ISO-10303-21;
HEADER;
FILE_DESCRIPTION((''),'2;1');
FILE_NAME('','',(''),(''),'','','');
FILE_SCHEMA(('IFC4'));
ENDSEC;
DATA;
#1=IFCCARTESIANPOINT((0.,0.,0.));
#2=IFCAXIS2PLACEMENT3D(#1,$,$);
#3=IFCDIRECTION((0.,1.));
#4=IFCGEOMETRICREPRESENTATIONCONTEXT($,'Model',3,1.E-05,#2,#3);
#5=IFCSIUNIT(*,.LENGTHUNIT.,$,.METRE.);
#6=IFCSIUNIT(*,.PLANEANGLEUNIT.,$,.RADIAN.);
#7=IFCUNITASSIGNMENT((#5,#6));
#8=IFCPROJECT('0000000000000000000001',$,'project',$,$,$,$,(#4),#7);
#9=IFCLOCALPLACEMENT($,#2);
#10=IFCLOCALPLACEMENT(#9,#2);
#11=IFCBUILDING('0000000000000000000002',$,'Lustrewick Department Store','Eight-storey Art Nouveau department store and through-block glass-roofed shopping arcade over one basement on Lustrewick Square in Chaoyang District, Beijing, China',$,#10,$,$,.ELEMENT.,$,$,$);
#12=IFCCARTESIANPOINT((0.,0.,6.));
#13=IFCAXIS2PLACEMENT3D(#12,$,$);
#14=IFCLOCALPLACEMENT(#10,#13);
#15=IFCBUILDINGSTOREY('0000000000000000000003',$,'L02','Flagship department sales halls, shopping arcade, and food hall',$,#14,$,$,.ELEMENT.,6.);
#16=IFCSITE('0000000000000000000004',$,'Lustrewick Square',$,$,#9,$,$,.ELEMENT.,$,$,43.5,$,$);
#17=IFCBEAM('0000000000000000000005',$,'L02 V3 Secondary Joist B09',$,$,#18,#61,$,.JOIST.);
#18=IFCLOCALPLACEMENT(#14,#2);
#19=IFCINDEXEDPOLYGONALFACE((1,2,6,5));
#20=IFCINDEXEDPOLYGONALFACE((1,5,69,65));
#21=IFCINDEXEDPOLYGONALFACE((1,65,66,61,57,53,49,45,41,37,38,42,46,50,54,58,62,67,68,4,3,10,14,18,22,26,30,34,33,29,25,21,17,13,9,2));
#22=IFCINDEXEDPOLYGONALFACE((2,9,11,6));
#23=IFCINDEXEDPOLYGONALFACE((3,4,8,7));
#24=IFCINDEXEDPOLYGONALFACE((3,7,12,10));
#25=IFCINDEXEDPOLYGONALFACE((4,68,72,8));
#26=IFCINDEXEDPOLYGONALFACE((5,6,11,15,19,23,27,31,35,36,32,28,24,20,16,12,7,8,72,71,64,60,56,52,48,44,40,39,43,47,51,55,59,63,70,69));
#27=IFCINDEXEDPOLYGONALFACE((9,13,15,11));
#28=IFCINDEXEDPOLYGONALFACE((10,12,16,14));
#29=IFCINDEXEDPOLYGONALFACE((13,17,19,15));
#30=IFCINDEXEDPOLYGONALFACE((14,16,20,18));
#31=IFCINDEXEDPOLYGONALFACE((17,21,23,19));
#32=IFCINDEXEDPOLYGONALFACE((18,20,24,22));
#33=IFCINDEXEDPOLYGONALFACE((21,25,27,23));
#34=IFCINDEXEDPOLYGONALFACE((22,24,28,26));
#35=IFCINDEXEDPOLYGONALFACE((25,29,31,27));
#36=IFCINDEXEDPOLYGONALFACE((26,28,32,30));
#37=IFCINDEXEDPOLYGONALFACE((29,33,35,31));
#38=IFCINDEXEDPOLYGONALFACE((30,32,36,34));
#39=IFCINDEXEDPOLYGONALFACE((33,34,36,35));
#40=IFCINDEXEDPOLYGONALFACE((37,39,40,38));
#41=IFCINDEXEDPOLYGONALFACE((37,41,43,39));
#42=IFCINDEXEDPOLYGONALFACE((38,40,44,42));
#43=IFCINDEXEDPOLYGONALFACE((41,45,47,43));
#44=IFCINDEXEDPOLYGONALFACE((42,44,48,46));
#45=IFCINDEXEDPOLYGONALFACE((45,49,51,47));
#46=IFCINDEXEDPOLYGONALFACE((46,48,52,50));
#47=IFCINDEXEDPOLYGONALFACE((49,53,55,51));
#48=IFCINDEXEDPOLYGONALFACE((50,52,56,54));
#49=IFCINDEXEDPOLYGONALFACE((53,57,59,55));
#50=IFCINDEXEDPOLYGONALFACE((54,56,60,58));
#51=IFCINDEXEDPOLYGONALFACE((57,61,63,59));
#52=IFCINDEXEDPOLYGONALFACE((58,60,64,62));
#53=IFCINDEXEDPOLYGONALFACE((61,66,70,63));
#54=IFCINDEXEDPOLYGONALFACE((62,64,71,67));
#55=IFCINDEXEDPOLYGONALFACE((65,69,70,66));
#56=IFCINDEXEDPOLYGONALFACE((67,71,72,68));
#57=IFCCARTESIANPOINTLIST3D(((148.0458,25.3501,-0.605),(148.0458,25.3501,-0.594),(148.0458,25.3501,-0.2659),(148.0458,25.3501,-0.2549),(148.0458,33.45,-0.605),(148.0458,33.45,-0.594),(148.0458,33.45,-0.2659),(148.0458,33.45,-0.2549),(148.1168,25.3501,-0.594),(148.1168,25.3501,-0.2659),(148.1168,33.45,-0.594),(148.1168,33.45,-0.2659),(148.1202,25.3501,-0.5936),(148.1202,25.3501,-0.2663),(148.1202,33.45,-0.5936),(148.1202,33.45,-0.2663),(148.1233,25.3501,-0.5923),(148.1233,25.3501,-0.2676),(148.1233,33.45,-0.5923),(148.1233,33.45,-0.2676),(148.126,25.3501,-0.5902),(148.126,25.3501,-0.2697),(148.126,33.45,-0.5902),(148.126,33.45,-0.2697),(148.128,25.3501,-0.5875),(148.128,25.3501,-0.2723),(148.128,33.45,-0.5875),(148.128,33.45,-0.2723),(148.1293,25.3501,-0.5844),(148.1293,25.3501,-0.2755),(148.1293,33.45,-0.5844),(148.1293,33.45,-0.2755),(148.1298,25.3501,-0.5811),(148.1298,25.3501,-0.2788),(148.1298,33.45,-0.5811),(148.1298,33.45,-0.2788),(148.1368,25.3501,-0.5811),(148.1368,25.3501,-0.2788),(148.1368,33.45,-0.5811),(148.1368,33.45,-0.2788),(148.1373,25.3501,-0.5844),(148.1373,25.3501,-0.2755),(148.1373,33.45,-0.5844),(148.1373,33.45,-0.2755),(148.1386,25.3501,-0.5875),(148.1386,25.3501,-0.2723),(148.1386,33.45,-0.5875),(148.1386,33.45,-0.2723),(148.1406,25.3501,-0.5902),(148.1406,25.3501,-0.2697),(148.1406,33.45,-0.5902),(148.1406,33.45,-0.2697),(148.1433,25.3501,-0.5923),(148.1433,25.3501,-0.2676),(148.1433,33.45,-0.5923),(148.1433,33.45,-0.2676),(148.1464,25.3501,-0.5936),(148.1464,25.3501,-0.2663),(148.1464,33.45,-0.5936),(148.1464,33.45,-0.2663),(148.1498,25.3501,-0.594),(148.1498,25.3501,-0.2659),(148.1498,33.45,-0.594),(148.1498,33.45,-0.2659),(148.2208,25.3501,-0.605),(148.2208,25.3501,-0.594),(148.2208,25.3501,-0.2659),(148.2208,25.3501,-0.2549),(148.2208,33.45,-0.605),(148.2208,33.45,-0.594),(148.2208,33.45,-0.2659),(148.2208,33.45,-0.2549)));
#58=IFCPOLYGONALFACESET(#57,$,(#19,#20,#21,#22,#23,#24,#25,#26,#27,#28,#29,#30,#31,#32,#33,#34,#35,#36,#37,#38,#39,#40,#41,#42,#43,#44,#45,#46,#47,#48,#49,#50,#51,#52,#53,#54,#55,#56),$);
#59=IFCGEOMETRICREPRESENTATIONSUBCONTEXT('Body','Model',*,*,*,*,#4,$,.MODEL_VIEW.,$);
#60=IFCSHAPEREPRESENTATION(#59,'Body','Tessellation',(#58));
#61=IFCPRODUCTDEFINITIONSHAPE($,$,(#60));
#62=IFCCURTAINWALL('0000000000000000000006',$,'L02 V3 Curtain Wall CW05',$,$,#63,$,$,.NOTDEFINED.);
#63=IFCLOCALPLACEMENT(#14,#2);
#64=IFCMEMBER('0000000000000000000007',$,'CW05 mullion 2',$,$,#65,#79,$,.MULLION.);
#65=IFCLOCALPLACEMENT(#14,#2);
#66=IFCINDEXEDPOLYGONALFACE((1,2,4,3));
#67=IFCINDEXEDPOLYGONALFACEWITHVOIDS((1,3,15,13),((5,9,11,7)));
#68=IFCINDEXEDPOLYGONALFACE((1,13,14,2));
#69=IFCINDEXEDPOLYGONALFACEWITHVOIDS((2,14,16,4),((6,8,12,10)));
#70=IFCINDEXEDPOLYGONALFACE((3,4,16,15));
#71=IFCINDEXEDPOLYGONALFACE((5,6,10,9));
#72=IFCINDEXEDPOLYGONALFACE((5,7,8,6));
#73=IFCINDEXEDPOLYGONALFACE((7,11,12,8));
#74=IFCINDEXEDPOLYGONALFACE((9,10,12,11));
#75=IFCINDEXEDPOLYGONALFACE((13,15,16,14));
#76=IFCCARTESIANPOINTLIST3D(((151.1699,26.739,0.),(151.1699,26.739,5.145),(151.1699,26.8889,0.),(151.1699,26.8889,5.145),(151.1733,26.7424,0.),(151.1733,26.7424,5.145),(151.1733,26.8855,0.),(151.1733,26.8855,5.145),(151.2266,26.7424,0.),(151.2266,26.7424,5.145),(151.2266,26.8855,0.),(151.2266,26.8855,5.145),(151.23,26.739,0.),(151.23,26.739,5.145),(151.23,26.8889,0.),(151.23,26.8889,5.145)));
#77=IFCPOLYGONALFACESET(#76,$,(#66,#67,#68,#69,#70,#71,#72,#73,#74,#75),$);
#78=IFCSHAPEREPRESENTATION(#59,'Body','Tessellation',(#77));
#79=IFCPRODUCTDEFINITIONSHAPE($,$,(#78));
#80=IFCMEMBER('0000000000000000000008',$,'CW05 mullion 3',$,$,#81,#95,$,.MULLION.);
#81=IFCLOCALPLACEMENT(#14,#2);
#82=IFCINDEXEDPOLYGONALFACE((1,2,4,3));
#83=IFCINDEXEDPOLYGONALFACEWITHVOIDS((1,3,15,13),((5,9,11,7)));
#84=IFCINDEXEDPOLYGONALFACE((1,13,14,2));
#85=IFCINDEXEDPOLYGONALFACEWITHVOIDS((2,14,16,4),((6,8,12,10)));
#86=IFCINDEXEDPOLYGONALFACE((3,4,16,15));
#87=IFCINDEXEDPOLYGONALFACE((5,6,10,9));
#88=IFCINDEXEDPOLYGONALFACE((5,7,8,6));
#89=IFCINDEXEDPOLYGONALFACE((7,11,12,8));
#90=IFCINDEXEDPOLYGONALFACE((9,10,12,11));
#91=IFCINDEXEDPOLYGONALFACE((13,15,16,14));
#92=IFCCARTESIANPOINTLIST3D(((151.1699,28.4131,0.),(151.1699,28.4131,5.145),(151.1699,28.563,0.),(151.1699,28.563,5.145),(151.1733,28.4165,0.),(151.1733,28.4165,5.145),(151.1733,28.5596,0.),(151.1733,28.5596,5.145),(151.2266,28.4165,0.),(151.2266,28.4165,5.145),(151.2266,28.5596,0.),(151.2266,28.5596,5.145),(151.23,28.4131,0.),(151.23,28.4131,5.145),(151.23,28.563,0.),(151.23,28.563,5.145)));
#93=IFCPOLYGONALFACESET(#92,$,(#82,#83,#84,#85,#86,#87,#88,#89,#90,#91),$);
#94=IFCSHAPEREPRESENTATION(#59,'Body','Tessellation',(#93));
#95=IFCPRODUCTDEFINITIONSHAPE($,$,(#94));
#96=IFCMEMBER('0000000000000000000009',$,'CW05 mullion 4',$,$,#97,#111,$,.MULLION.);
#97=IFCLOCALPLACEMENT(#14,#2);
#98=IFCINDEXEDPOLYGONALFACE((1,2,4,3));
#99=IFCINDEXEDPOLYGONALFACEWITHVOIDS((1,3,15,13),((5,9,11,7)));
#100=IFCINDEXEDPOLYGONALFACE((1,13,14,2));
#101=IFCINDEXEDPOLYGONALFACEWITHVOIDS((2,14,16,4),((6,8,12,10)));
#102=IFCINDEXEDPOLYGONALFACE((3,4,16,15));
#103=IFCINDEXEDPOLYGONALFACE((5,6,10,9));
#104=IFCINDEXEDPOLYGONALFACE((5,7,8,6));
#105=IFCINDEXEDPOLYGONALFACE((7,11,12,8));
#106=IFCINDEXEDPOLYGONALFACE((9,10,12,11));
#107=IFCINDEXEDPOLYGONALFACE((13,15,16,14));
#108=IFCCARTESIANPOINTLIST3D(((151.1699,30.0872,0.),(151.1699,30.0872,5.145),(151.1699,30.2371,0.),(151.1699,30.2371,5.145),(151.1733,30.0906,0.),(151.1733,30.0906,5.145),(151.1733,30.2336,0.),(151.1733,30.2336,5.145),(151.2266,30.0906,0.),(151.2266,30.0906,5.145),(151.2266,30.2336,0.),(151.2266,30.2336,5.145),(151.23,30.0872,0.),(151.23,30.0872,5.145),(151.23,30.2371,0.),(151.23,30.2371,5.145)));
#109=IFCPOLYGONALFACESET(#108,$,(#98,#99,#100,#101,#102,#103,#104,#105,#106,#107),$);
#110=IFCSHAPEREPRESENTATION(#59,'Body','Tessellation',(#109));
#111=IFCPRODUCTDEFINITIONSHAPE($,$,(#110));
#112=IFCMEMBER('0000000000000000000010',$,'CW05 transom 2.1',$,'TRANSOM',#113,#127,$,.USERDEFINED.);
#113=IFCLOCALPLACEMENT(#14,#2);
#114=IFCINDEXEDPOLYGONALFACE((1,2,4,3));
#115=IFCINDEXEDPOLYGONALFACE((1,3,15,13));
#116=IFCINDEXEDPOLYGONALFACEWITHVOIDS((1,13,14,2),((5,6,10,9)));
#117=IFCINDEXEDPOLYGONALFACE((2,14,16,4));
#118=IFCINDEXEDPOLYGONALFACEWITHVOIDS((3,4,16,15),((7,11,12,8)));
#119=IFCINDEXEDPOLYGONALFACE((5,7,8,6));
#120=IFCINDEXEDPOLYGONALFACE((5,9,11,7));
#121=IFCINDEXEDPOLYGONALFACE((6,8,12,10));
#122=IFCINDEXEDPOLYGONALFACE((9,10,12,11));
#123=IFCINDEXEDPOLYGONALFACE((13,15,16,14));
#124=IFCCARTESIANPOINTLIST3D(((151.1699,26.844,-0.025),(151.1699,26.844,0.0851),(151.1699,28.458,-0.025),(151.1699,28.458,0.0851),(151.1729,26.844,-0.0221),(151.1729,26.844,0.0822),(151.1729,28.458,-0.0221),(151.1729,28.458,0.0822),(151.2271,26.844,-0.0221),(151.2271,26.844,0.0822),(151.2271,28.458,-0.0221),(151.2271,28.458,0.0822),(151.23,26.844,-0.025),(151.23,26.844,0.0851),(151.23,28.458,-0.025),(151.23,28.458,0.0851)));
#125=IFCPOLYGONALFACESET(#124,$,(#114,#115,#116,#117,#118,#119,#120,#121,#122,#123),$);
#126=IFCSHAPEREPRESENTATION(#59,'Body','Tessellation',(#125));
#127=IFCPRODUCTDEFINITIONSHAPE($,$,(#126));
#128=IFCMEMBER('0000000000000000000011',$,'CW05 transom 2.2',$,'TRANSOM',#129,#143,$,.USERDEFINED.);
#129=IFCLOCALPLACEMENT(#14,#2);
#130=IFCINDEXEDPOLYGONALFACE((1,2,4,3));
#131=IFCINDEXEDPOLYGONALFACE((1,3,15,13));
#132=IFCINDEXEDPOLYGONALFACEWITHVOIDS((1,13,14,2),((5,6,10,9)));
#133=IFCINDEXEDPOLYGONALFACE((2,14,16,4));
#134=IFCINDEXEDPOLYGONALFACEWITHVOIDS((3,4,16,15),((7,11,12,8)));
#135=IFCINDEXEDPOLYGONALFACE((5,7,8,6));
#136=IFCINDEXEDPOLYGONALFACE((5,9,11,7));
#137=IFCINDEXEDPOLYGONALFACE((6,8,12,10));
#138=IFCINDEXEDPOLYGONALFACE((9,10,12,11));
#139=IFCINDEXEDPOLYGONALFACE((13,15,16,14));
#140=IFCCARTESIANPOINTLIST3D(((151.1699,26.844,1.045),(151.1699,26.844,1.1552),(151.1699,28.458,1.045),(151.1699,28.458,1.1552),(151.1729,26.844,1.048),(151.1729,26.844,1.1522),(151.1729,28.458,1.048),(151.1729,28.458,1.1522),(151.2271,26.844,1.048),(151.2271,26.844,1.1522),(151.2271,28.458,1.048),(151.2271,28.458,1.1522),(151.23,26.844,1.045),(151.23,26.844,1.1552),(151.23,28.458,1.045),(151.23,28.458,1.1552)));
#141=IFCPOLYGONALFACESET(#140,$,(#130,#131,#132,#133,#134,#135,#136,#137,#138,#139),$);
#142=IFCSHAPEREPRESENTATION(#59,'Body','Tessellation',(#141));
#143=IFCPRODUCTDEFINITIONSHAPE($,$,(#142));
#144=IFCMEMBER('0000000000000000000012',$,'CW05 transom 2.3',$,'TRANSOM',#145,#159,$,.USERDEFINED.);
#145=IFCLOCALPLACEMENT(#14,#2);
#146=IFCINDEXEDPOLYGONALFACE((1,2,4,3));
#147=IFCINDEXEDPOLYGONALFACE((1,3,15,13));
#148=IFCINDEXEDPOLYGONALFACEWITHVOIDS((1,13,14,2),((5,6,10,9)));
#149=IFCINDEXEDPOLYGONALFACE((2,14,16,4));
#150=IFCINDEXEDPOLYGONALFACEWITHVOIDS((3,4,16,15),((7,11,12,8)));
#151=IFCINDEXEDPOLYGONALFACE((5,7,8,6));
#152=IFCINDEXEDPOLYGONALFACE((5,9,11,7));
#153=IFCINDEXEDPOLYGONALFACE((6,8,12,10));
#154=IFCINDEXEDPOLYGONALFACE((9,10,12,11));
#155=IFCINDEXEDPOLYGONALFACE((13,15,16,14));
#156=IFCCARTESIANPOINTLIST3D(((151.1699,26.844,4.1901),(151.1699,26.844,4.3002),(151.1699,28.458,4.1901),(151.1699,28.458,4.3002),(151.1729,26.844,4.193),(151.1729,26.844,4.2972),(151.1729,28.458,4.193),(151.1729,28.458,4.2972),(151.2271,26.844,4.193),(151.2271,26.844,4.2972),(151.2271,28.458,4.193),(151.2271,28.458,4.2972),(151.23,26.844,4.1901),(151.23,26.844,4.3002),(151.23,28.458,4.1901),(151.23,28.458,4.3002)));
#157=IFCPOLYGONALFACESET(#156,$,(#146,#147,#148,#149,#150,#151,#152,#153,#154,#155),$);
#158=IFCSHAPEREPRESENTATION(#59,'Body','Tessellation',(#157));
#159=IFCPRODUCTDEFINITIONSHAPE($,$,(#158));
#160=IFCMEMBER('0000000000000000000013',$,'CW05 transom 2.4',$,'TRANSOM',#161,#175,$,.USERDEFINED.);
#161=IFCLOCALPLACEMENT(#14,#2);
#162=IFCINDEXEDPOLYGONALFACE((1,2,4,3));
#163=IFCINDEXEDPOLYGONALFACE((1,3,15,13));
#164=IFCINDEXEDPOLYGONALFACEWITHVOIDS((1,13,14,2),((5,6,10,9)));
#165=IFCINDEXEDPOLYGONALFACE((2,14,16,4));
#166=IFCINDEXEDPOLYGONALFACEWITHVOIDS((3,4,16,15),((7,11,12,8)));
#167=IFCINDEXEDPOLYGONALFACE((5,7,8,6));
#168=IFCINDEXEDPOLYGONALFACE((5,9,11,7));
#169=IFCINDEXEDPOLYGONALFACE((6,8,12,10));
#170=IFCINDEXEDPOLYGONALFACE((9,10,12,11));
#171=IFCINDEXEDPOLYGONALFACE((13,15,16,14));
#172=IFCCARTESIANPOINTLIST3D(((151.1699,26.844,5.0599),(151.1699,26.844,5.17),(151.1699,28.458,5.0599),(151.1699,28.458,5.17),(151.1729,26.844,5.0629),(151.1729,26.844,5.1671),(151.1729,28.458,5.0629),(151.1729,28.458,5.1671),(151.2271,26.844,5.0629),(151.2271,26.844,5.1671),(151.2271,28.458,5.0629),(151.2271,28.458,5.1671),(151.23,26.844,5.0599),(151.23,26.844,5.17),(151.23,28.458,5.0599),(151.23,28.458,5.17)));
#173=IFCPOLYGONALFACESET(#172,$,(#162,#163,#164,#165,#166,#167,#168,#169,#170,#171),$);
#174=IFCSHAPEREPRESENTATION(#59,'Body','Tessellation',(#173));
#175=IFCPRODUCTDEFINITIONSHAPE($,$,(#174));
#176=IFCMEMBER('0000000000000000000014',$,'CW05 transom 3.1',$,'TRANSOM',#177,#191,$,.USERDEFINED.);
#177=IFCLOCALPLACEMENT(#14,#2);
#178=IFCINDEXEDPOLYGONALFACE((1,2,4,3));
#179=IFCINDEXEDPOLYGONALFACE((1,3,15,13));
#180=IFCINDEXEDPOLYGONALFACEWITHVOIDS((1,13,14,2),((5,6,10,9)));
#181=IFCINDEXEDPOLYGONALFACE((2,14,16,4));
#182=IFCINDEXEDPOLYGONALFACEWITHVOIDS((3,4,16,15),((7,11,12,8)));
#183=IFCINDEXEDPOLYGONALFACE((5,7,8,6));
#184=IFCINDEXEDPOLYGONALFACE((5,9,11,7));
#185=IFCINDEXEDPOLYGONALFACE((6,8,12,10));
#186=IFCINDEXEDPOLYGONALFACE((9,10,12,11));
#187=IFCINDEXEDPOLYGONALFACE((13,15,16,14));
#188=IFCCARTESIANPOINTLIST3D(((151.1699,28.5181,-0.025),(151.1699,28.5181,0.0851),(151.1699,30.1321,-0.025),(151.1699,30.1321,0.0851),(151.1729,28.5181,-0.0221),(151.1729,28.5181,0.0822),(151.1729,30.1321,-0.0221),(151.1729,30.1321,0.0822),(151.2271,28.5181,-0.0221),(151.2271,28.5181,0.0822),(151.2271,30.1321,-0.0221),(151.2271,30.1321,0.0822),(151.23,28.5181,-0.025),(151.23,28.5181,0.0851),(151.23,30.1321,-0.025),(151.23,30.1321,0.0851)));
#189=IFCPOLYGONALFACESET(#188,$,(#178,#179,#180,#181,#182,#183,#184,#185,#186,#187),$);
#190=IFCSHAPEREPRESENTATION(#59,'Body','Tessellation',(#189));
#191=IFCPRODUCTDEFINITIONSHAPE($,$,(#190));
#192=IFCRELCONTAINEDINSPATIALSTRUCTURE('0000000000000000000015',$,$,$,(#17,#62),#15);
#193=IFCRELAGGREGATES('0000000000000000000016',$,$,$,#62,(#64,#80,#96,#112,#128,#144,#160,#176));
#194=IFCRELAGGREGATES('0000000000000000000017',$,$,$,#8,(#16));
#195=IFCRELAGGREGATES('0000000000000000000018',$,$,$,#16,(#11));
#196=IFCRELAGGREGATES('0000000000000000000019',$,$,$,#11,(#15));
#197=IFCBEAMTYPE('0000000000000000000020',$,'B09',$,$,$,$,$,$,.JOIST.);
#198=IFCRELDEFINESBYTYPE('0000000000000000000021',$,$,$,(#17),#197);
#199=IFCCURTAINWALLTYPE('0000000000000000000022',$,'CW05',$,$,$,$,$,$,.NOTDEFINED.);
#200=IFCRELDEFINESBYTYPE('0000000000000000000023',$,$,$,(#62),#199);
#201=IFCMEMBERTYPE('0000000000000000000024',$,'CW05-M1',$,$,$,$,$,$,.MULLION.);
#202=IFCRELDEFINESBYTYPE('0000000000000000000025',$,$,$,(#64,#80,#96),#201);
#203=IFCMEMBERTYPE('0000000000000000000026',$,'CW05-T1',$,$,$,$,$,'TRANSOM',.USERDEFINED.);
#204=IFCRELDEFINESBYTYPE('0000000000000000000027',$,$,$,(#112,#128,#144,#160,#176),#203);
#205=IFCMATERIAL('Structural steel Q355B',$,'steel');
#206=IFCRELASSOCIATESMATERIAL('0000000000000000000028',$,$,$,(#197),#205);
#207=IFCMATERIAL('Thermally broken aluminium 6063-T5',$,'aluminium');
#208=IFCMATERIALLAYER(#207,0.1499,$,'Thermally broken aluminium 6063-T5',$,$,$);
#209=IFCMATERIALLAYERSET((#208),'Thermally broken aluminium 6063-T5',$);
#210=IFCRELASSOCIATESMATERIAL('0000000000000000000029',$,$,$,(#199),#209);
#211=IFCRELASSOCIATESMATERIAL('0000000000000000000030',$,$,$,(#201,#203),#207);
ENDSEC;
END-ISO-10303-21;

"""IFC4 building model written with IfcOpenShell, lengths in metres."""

from ifc_helpers import new_model, si_unit, direction, frame, origin, origin_2d, place, context, subcontext, project, spatial, hollow_rectangle, i_section, extrude, material, layer, layer_set, material_profile, profile_set, type_object, element, aggregate, save


model = new_model("IFC4")

# Units and contexts
model_context = context("Model", 3, precision=1e-05, world=origin(), true_north=direction((0.0, 1.0)))
body_context = subcontext(model_context, "Body", "Model", "MODEL_VIEW")
ifc_project = project(units=[si_unit("LENGTHUNIT", "METRE"), si_unit("PLANEANGLEUNIT", "RADIAN")], contexts=[model_context])

# Site, building, storey
site_placement = place(None, origin())
site = spatial("IfcSite", under=ifc_project, at=site_placement, Name="Lustrewick Square", CompositionType="ELEMENT", RefElevation=43.5)
building_placement = place(site_placement, origin())
building = spatial("IfcBuilding", under=site, at=building_placement, Name="Lustrewick Department Store", Description="Eight-storey Art Nouveau department store and through-block glass-roofed shopping arcade over one basement on Lustrewick Square in Chaoyang District, Beijing, China", CompositionType="ELEMENT")
storey_placement = place(building_placement, frame((0.0, 0.0, 6.0)))
storey = spatial("IfcBuildingStorey", under=building, at=storey_placement, Name="L02", Description="Flagship department sales halls, shopping arcade, and food hall", CompositionType="ELEMENT", Elevation=6.0)

# Beam
ifc_material_1 = material(Name="Structural steel Q355B", Category="steel")
ifc_material_profile_1 = material_profile(ifc_material_1, i_section(OverallWidth=0.175, OverallDepth=0.3501, WebThickness=0.0071, FlangeThickness=0.011, FilletRadius=0.0129, at=origin_2d()), Name="HN 350x175x7x11")
ifc_profile_set_1 = profile_set([ifc_material_profile_1], Name="Structural steel Q355B")
beam_type_1 = type_object("IfcBeamType", Name="B09", PredefinedType="JOIST", material=ifc_profile_set_1)
beam_1_placement = place(storey_placement, frame((148.1333, 25.3501, -0.4299), z_axis=(0.0, 1.0, 0.0), x_axis=(-1.0, 0.0, 0.0)))
element("IfcBeam", 1, at=beam_1_placement, inside=storey, type_object=beam_type_1, Name="L02 V3 Secondary Joist B09", PredefinedType="JOIST", context=body_context, shape_type="SweptSolid", body=[
    extrude(i_section(OverallWidth=0.175, OverallDepth=0.3501, WebThickness=0.0071, FlangeThickness=0.011, FilletRadius=0.0129, at=origin_2d()), origin(), (0.0, 0.0, 1.0), 8.0999),
])

# Curtain wall, members
ifc_material_2 = material(Name="Thermally broken aluminium 6063-T5", Category="aluminium")
ifc_layer_1 = layer(ifc_material_2, 0.1499, Name="Thermally broken aluminium 6063-T5")
ifc_layer_set_1 = layer_set([ifc_layer_1], Name="Thermally broken aluminium 6063-T5")
curtain_wall_type = type_object("IfcCurtainWallType", Name="CW05", PredefinedType="NOTDEFINED", material=ifc_layer_set_1)
curtain_wall_placement = place(storey_placement, origin())
curtain_wall = element("IfcCurtainWall", 2, at=curtain_wall_placement, inside=storey, type_object=curtain_wall_type, Name="L02 V3 Curtain Wall CW05", PredefinedType="NOTDEFINED")
ifc_material_profile_2 = material_profile(ifc_material_2, hollow_rectangle(XDim=0.0601, YDim=0.1499, WallThickness=0.0034, at=origin_2d()), Name="ALU-M 60x150x3.5")
ifc_profile_set_2 = profile_set([ifc_material_profile_2], Name="Thermally broken aluminium 6063-T5")
member_type_1 = type_object("IfcMemberType", Name="CW05-M1", PredefinedType="MULLION", material=ifc_profile_set_2)
member_1_placement = place(storey_placement, frame((151.2, 26.814, 0.0), z_axis=(0.0, 0.0, 1.0), x_axis=(-1.0, 0.0, 0.0)))
member_1 = element("IfcMember", 3, at=member_1_placement, type_object=member_type_1, Name="CW05 mullion 2", PredefinedType="MULLION", context=body_context, shape_type="SweptSolid", body=[
    extrude(hollow_rectangle(XDim=0.0601, YDim=0.1499, WallThickness=0.0034, at=origin_2d()), origin(), (0.0, 0.0, 1.0), 5.145),
])
member_2_placement = place(storey_placement, frame((151.2, 28.488, 0.0), z_axis=(0.0, 0.0, 1.0), x_axis=(-1.0, 0.0, 0.0)))
member_2 = element("IfcMember", 4, at=member_2_placement, type_object=member_type_1, Name="CW05 mullion 3", PredefinedType="MULLION", context=body_context, shape_type="SweptSolid", body=[
    extrude(hollow_rectangle(XDim=0.0601, YDim=0.1499, WallThickness=0.0034, at=origin_2d()), origin(), (0.0, 0.0, 1.0), 5.145),
])
member_3_placement = place(storey_placement, frame((151.2, 30.1621, 0.0), z_axis=(0.0, 0.0, 1.0), x_axis=(-1.0, 0.0, 0.0)))
member_3 = element("IfcMember", 5, at=member_3_placement, type_object=member_type_1, Name="CW05 mullion 4", PredefinedType="MULLION", context=body_context, shape_type="SweptSolid", body=[
    extrude(hollow_rectangle(XDim=0.0601, YDim=0.1499, WallThickness=0.0034, at=origin_2d()), origin(), (0.0, 0.0, 1.0), 5.145),
])
ifc_material_profile_3 = material_profile(ifc_material_2, hollow_rectangle(XDim=0.0601, YDim=0.1101, WallThickness=0.0029, at=origin_2d()), Name="ALU-T 60x110x3")
ifc_profile_set_3 = profile_set([ifc_material_profile_3], Name="Thermally broken aluminium 6063-T5")
member_type_2 = type_object("IfcMemberType", Name="CW05-T1", ElementType="TRANSOM", PredefinedType="USERDEFINED", material=ifc_profile_set_3)
member_4_placement = place(storey_placement, frame((151.2, 26.844, 0.03), z_axis=(0.0, 1.0, 0.0), x_axis=(-1.0, 0.0, 0.0)))
member_4 = element("IfcMember", 6, at=member_4_placement, type_object=member_type_2, Name="CW05 transom 2.1", ObjectType="TRANSOM", PredefinedType="USERDEFINED", context=body_context, shape_type="SweptSolid", body=[
    extrude(hollow_rectangle(XDim=0.0601, YDim=0.1101, WallThickness=0.0029, at=origin_2d()), origin(), (0.0, 0.0, 1.0), 1.614),
])
member_5_placement = place(storey_placement, frame((151.2, 26.844, 1.1001), z_axis=(0.0, 1.0, 0.0), x_axis=(-1.0, 0.0, 0.0)))
member_5 = element("IfcMember", 7, at=member_5_placement, type_object=member_type_2, Name="CW05 transom 2.2", ObjectType="TRANSOM", PredefinedType="USERDEFINED", context=body_context, shape_type="SweptSolid", body=[
    extrude(hollow_rectangle(XDim=0.0601, YDim=0.1101, WallThickness=0.0029, at=origin_2d()), origin(), (0.0, 0.0, 1.0), 1.614),
])
member_6_placement = place(storey_placement, frame((151.2, 26.844, 4.2451), z_axis=(0.0, 1.0, 0.0), x_axis=(-1.0, 0.0, 0.0)))
member_6 = element("IfcMember", 8, at=member_6_placement, type_object=member_type_2, Name="CW05 transom 2.3", ObjectType="TRANSOM", PredefinedType="USERDEFINED", context=body_context, shape_type="SweptSolid", body=[
    extrude(hollow_rectangle(XDim=0.0601, YDim=0.1101, WallThickness=0.0029, at=origin_2d()), origin(), (0.0, 0.0, 1.0), 1.614),
])
member_7_placement = place(storey_placement, frame((151.2, 26.844, 5.115), z_axis=(0.0, 1.0, 0.0), x_axis=(-1.0, 0.0, 0.0)))
member_7 = element("IfcMember", 9, at=member_7_placement, type_object=member_type_2, Name="CW05 transom 2.4", ObjectType="TRANSOM", PredefinedType="USERDEFINED", context=body_context, shape_type="SweptSolid", body=[
    extrude(hollow_rectangle(XDim=0.0601, YDim=0.1101, WallThickness=0.0029, at=origin_2d()), origin(), (0.0, 0.0, 1.0), 1.614),
])
member_8_placement = place(storey_placement, frame((151.2, 28.5181, 0.03), z_axis=(0.0, 1.0, 0.0), x_axis=(-1.0, 0.0, 0.0)))
member_8 = element("IfcMember", 10, at=member_8_placement, type_object=member_type_2, Name="CW05 transom 3.1", ObjectType="TRANSOM", PredefinedType="USERDEFINED", context=body_context, shape_type="SweptSolid", body=[
    extrude(hollow_rectangle(XDim=0.0601, YDim=0.1101, WallThickness=0.0029, at=origin_2d()), origin(), (0.0, 0.0, 1.0), 1.614),
])

aggregate(curtain_wall, [member_1, member_2, member_3, member_4, member_5, member_6, member_7, member_8])

save(model, "model.ifc")
